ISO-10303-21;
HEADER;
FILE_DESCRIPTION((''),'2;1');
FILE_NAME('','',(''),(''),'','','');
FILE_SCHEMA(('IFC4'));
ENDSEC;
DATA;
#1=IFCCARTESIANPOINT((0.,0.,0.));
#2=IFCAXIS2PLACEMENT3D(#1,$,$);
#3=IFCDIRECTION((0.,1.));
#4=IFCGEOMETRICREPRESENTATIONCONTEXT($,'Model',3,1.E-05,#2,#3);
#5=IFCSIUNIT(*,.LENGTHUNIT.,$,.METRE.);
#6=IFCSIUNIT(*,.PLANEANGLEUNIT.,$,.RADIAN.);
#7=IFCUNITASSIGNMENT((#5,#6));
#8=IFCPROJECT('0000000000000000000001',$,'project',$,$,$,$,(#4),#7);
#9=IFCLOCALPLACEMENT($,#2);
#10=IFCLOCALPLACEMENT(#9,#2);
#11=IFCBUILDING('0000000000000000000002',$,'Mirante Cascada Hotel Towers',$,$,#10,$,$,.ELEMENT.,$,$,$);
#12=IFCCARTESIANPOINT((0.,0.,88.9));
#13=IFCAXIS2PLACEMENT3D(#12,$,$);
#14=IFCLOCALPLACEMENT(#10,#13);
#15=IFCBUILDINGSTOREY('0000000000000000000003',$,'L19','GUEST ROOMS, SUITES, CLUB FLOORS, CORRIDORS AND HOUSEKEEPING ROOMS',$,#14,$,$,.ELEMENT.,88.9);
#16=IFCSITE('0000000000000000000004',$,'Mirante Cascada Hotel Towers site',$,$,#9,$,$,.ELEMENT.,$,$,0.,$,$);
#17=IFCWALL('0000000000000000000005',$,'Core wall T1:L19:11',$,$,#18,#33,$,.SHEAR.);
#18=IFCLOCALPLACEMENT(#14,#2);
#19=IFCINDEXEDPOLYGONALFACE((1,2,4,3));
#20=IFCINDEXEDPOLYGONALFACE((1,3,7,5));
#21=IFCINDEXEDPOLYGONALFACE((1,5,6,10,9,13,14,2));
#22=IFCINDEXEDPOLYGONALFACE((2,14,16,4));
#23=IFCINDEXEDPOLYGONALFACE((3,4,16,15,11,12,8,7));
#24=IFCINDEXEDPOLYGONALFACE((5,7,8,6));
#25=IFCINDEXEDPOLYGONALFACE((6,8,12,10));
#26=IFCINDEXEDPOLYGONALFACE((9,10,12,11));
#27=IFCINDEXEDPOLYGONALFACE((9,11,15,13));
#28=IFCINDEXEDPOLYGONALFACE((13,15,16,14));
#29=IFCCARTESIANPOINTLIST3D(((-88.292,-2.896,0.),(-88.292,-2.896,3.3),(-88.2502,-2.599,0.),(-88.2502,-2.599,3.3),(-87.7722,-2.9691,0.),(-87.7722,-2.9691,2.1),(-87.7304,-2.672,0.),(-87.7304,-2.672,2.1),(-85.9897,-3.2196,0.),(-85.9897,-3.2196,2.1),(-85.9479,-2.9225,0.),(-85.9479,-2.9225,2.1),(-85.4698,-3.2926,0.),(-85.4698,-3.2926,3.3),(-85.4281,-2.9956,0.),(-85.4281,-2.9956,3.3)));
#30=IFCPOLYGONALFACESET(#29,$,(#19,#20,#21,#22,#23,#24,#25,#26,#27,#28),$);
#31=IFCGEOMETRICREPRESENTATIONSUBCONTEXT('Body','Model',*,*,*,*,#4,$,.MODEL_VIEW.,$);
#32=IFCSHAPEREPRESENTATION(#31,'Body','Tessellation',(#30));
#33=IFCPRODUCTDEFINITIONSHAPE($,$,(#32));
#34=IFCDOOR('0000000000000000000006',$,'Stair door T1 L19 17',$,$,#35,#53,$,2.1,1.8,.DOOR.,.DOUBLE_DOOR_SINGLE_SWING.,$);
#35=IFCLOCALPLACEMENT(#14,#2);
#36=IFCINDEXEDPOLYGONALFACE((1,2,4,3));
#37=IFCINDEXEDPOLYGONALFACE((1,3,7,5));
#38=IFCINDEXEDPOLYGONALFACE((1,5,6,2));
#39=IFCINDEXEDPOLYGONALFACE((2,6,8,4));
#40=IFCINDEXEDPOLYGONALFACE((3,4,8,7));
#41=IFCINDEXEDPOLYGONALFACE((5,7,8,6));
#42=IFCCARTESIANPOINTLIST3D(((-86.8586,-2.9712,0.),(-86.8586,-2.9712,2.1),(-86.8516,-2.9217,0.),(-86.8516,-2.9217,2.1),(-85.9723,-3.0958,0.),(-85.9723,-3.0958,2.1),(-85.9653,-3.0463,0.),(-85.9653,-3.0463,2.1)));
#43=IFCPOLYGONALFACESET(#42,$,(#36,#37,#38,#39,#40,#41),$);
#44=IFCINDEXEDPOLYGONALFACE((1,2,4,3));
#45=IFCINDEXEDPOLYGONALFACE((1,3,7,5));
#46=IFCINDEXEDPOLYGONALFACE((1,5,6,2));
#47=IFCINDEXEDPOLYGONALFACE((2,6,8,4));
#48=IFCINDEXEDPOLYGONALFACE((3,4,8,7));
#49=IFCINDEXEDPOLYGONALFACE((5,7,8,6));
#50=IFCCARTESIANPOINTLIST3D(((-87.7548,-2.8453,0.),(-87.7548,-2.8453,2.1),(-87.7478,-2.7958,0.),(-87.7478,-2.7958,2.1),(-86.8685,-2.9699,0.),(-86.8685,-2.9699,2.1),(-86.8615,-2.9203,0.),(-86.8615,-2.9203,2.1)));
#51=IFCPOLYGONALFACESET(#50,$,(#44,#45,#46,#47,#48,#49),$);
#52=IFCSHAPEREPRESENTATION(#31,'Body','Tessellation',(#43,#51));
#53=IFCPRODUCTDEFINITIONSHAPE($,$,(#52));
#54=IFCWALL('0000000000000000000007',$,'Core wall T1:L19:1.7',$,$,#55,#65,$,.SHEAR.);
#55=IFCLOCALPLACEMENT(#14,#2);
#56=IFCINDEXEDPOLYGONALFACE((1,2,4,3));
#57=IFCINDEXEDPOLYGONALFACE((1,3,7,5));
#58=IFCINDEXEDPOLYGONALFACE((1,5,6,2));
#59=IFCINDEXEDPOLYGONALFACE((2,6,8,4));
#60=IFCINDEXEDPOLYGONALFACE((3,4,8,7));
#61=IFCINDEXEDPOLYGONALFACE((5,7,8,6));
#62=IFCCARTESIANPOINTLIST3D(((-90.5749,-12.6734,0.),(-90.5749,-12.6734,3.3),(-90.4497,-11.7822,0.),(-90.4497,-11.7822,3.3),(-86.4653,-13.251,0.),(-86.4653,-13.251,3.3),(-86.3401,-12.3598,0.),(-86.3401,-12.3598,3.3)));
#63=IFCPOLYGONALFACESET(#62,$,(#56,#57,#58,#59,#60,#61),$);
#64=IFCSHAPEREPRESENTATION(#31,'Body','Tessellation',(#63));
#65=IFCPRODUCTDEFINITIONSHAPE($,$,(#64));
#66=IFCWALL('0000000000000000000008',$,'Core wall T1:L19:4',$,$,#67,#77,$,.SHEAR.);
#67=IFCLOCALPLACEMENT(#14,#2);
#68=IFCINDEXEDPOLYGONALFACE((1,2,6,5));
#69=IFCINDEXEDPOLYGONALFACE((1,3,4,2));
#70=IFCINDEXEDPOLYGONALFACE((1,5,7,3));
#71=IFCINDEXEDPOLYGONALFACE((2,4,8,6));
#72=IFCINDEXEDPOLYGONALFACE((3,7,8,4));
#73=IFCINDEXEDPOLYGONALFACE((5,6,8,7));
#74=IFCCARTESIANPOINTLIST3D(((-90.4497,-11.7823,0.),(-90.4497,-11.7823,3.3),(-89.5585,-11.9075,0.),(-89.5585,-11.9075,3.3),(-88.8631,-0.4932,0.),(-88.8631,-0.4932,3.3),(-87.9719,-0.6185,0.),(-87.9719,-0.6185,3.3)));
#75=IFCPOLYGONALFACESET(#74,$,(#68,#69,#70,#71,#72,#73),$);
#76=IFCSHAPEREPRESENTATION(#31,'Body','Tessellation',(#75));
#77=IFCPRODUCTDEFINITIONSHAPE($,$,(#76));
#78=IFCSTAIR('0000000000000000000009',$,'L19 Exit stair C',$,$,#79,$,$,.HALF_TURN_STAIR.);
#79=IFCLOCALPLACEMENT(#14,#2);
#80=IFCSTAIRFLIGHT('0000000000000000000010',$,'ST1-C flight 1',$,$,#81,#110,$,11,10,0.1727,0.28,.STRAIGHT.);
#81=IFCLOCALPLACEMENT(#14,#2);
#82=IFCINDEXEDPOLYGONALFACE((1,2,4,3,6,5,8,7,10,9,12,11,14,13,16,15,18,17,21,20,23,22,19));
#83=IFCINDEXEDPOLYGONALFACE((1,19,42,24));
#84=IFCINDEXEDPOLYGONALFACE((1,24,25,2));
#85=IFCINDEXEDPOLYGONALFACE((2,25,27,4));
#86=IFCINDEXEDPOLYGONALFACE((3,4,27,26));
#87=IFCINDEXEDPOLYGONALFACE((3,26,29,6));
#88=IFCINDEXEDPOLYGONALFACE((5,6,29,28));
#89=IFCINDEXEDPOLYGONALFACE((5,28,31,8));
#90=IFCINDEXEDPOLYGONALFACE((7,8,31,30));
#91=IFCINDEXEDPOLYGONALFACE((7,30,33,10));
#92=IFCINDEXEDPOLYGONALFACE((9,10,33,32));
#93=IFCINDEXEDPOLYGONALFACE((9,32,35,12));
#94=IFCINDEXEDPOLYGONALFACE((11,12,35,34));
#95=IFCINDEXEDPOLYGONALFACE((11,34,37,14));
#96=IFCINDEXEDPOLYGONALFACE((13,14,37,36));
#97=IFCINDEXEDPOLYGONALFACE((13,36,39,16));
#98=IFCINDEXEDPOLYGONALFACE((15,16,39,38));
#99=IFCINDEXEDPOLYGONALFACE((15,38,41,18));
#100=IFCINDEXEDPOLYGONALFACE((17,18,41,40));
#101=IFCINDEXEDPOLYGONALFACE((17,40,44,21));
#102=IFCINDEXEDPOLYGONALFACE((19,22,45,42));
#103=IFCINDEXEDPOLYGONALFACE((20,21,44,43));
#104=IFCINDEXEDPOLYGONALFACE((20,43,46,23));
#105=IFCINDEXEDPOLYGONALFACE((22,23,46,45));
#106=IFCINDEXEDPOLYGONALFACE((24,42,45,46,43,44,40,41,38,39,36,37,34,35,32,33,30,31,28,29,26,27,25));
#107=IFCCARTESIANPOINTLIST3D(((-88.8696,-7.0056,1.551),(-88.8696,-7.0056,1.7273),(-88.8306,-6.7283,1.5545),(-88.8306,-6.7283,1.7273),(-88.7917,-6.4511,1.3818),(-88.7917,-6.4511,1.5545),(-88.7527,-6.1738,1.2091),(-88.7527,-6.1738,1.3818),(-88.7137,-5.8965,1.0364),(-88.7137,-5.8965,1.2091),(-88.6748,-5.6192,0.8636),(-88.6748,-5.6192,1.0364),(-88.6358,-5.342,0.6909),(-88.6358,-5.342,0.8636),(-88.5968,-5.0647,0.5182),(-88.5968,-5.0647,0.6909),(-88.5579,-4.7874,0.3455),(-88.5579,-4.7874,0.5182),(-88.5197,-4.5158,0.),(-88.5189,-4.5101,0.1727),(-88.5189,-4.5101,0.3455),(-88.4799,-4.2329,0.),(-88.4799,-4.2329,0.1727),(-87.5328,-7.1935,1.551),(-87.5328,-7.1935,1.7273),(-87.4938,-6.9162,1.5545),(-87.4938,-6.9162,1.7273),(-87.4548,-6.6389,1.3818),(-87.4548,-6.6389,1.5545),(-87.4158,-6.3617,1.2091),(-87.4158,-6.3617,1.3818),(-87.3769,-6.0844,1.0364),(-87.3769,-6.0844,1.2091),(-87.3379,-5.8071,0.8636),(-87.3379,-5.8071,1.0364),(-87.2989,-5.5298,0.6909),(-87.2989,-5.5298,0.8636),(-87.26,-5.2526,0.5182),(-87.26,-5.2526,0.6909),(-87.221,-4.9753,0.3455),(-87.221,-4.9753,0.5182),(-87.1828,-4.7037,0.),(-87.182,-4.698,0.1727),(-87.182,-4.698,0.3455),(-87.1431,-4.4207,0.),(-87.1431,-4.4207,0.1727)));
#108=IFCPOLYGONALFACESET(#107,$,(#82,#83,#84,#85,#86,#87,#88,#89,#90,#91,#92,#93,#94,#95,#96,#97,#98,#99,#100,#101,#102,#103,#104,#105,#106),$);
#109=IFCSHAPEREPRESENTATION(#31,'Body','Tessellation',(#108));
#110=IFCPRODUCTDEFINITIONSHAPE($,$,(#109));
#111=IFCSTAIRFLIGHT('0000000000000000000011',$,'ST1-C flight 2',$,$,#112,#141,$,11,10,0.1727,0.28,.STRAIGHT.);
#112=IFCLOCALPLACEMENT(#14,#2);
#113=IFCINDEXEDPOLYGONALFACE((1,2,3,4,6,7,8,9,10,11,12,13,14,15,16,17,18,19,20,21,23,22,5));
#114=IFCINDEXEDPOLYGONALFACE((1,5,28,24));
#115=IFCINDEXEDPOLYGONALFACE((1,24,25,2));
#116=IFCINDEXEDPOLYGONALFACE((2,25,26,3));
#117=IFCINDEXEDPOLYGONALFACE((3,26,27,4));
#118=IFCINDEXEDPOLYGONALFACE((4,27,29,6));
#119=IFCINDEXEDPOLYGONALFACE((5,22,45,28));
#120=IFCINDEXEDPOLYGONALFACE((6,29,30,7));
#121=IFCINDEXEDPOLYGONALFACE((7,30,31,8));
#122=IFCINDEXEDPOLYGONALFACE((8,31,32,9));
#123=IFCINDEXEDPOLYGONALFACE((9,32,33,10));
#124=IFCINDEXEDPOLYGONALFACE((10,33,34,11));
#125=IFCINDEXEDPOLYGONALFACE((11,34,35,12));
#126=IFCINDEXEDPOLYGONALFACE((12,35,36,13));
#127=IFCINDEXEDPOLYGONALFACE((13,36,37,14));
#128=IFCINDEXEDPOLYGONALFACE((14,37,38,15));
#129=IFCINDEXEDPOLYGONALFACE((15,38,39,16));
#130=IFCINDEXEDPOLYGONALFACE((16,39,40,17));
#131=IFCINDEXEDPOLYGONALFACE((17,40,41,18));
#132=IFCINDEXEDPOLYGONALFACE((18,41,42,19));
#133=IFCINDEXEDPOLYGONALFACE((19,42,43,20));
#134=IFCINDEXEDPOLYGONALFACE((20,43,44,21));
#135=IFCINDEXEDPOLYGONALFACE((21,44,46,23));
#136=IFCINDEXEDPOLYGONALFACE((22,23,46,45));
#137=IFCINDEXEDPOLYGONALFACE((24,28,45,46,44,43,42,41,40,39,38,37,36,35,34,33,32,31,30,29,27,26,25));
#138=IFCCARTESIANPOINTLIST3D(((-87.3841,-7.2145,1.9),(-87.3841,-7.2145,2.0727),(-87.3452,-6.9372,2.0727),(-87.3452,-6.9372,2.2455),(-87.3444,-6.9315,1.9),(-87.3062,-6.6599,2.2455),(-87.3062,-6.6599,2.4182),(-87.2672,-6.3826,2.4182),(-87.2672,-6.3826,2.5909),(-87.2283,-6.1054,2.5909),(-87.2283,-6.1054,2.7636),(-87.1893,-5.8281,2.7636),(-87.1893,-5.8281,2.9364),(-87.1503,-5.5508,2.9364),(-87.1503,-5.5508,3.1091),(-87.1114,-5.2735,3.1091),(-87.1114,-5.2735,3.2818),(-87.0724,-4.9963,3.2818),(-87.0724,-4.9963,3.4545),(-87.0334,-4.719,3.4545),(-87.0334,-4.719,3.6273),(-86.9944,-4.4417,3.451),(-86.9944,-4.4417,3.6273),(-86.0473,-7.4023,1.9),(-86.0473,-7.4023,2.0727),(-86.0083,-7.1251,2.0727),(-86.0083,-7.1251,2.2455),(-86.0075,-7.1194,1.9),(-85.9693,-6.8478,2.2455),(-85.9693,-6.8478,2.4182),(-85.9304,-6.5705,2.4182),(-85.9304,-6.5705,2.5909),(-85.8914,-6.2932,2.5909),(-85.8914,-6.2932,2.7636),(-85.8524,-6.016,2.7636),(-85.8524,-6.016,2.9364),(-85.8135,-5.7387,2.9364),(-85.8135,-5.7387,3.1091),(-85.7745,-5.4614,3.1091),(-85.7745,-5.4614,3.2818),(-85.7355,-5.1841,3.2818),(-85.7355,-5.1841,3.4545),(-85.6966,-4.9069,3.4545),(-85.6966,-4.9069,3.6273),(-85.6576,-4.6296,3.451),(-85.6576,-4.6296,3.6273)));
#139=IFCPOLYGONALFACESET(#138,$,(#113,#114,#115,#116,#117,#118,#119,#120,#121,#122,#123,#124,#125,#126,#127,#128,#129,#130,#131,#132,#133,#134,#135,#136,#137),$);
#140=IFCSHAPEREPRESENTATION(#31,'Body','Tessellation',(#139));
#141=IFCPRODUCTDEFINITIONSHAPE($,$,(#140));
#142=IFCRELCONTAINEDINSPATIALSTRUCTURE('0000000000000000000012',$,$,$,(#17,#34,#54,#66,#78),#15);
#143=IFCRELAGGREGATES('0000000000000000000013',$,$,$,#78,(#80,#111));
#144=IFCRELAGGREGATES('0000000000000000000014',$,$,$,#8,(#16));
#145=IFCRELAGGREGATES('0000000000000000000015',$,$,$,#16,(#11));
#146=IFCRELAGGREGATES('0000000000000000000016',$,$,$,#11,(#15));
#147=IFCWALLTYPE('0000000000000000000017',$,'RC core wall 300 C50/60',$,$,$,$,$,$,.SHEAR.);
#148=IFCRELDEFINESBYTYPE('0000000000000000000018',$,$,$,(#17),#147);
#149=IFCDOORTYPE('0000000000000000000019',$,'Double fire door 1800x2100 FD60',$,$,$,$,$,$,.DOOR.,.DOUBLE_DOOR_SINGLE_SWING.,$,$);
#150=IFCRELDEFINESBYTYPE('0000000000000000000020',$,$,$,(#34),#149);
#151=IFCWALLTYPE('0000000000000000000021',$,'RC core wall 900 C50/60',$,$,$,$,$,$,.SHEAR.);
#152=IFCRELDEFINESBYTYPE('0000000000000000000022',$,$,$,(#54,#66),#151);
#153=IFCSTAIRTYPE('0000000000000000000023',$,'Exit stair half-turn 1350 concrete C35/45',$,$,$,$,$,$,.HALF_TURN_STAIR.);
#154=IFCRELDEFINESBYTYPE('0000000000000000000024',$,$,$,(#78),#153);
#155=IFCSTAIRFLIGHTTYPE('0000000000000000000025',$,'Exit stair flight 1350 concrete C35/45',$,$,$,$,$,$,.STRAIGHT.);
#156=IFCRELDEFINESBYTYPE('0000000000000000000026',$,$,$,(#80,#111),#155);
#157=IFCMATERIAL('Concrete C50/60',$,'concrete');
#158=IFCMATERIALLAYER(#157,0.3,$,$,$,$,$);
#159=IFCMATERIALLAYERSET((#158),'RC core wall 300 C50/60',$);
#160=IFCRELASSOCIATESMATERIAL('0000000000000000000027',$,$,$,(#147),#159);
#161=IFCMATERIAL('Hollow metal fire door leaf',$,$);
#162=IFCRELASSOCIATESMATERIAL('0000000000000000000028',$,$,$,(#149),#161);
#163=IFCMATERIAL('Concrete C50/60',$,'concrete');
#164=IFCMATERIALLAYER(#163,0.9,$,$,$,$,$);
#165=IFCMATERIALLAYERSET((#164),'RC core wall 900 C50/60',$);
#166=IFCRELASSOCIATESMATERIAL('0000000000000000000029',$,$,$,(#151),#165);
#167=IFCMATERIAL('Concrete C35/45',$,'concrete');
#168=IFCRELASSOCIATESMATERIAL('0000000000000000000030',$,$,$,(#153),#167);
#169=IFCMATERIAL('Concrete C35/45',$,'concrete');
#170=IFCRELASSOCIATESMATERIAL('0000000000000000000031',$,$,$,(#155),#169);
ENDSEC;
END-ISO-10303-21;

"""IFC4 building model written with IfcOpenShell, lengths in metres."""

from ifc_helpers import new_model, si_unit, direction, frame, frame_2d, origin, place, context, subcontext, project, spatial, polyline, rectangle, outline, extrude, material, layer, layer_set, type_object, element, fill, aggregate, save


model = new_model("IFC4")

# Units and contexts
model_context = context("Model", 3, precision=1e-05, world=origin(), true_north=direction((0.0, 1.0)))
body_context = subcontext(model_context, "Body", "Model", "MODEL_VIEW")
ifc_project = project(units=[si_unit("LENGTHUNIT", "METRE"), si_unit("PLANEANGLEUNIT", "RADIAN")], contexts=[model_context])

# Site, building, storey
site_placement = place(None, origin())
site = spatial("IfcSite", under=ifc_project, at=site_placement, Name="Mirante Cascada Hotel Towers site", CompositionType="ELEMENT", RefElevation=0.0)
building_placement = place(site_placement, origin())
building = spatial("IfcBuilding", under=site, at=building_placement, Name="Mirante Cascada Hotel Towers", CompositionType="ELEMENT")
storey_placement = place(building_placement, frame((0.0, 0.0, 88.9)))
storey = spatial("IfcBuildingStorey", under=building, at=storey_placement, Name="L19", Description="GUEST ROOMS, SUITES, CLUB FLOORS, CORRIDORS AND HOUSEKEEPING ROOMS", CompositionType="ELEMENT", Elevation=88.9)

# Shared definitions
ifc_material_1 = material(Name="Concrete C50/60", Category="concrete")
ifc_layer_1 = layer(ifc_material_1, 0.3)
ifc_layer_set_1 = layer_set([ifc_layer_1], Name="RC core wall 300 C50/60")
wall_type_1 = type_object("IfcWallType", Name="RC core wall 300 C50/60", PredefinedType="SHEAR", material=ifc_layer_set_1)

# Wall, opening, door
wall_1_placement = place(storey_placement, frame((-85.4489, -3.1441, 0.0), z_axis=(0.0, 0.0, 1.0), x_axis=(-0.99027, 0.139161, 0.0)))
wall_1 = element("IfcWall", 1, at=wall_1_placement, inside=storey, type_object=wall_type_1, Name="Core wall T1:L19:11", PredefinedType="SHEAR", context=body_context, shape_type="SweptSolid", body=[
    extrude(rectangle(XDim=2.8499, YDim=0.3, at=frame_2d((1.425, 0.0))), origin(), (0.0, 0.0, 1.0), 3.3),
])
opening_1_placement = place(wall_1_placement, frame((0.525, 0.0, 0.0)))
opening_1 = element("IfcOpeningElement", 2, at=opening_1_placement, cuts=wall_1, PredefinedType="OPENING", context=body_context, shape_type="SweptSolid", body=[
    extrude(rectangle(XDim=1.8, YDim=2.1, at=frame_2d((0.9, 1.05))), frame((0.0, 0.15, 0.0), z_axis=(0.0, -1.0, 0.0), x_axis=(1.0, 0.0, 0.0)), (0.0, 0.0, 1.0), 0.3),
])
ifc_material_2 = material(Name="Hollow metal fire door leaf")
door_type_1 = type_object("IfcDoorType", Name="Double fire door 1800x2100 FD60", OperationType="DOUBLE_DOOR_SINGLE_SWING", PredefinedType="DOOR", material=ifc_material_2)
door_1_placement = place(opening_1_placement, origin())
door_1 = element("IfcDoor", 3, at=door_1_placement, inside=storey, type_object=door_type_1, Name="Stair door T1 L19 17", OperationType="DOUBLE_DOOR_SINGLE_SWING", OverallHeight=2.1, OverallWidth=1.8, PredefinedType="DOOR", context=body_context, shape_type="SweptSolid", body=[
    extrude(rectangle(XDim=0.895, YDim=2.1, at=frame_2d((0.4475, 1.05))), frame((0.0, 0.025, 0.0), z_axis=(0.0, -1.0, 0.0), x_axis=(1.0, 0.0, 0.0)), (0.0, 0.0, 1.0), 0.05),
    extrude(rectangle(XDim=0.895, YDim=2.1, at=frame_2d((1.3525, 1.05))), frame((0.0, 0.025, 0.0), z_axis=(0.0, -1.0, 0.0), x_axis=(1.0, 0.0, 0.0)), (0.0, 0.0, 1.0), 0.05),
])
fill(opening_1, door_1)

# Walls
ifc_material_3 = material(Name="Concrete C50/60", Category="concrete")
ifc_layer_2 = layer(ifc_material_3, 0.9)
ifc_layer_set_2 = layer_set([ifc_layer_2], Name="RC core wall 900 C50/60")
wall_type_2 = type_object("IfcWallType", Name="RC core wall 900 C50/60", PredefinedType="SHEAR", material=ifc_layer_set_2)
wall_2_placement = place(storey_placement, frame((-86.4027, -12.8054, 0.0), z_axis=(0.0, 0.0, 1.0), x_axis=(-0.990267, 0.139181, 0.0)))
element("IfcWall", 4, at=wall_2_placement, inside=storey, type_object=wall_type_2, Name="Core wall T1:L19:1.7", PredefinedType="SHEAR", context=body_context, shape_type="SweptSolid", body=[
    extrude(rectangle(XDim=4.15, YDim=0.9, at=frame_2d((2.075, 0.0))), origin(), (0.0, 0.0, 1.0), 3.3),
])
wall_3_placement = place(storey_placement, frame((-90.0041, -11.8449, 0.0), z_axis=(0.0, 0.0, 1.0), x_axis=(0.139175, 0.990268, 0.0)))
element("IfcWall", 5, at=wall_3_placement, inside=storey, type_object=wall_type_2, Name="Core wall T1:L19:4", PredefinedType="SHEAR", context=body_context, shape_type="SweptSolid", body=[
    extrude(rectangle(XDim=11.4, YDim=0.9, at=frame_2d((5.7, 0.0))), origin(), (0.0, 0.0, 1.0), 3.3),
])

# Stair, stair flights
ifc_material_4 = material(Name="Concrete C35/45", Category="concrete")
stair_type = type_object("IfcStairType", Name="Exit stair half-turn 1350 concrete C35/45", PredefinedType="HALF_TURN_STAIR", material=ifc_material_4)
stair_placement = place(storey_placement, origin())
stair = element("IfcStair", 6, at=stair_placement, inside=storey, type_object=stair_type, Name="L19 Exit stair C", PredefinedType="HALF_TURN_STAIR")
ifc_material_5 = material(Name="Concrete C35/45", Category="concrete")
stair_flight_type = type_object("IfcStairFlightType", Name="Exit stair flight 1350 concrete C35/45", PredefinedType="STRAIGHT", material=ifc_material_5)
stair_flight_1_placement = place(storey_placement, frame((-87.8115, -4.3268, 0.0), z_axis=(0.0, 0.0, 1.0), x_axis=(-0.139173, -0.990268, 0.0)))
stair_flight_1 = element("IfcStairFlight", 7, at=stair_flight_1_placement, type_object=stair_flight_type, Name="ST1-C flight 1", NumberOfRisers=11, NumberOfTreads=10, PredefinedType="STRAIGHT", RiserHeight=0.1727, TreadLength=0.28, context=body_context, shape_type="SweptSolid", body=[
    extrude(outline(polyline([(0.0, 0.0), (0.0, 0.1727), (0.28, 0.1727), (0.28, 0.3455), (0.56, 0.3455), (0.56, 0.5182), (0.84, 0.5182), (0.84, 0.6909), (1.12, 0.6909), (1.12, 0.8636), (1.4, 0.8636), (1.4, 1.0364), (1.68, 1.0364), (1.68, 1.2091), (1.96, 1.2091), (1.96, 1.3818), (2.24, 1.3818), (2.24, 1.5545), (2.52, 1.5545), (2.52, 1.7273), (2.8, 1.7273), (2.8, 1.9), (2.8, 1.551), (0.2857, 0.0), (0.0, 0.0)])), frame((0.0, 0.675, 0.0), z_axis=(0.0, -1.0, 0.0), x_axis=(1.0, 0.0, 0.0)), (0.0, 0.0, 1.0), 1.35),
])
stair_flight_2_placement = place(storey_placement, frame((-86.7157, -7.3084, 1.9), z_axis=(0.0, 0.0, 1.0), x_axis=(0.139173, 0.990268, 0.0)))
stair_flight_2 = element("IfcStairFlight", 8, at=stair_flight_2_placement, type_object=stair_flight_type, Name="ST1-C flight 2", NumberOfRisers=11, NumberOfTreads=10, PredefinedType="STRAIGHT", RiserHeight=0.1727, TreadLength=0.28, context=body_context, shape_type="SweptSolid", body=[
    extrude(outline(polyline([(0.0, 0.0), (0.0, 0.1727), (0.28, 0.1727), (0.28, 0.3455), (0.56, 0.3455), (0.56, 0.5182), (0.84, 0.5182), (0.84, 0.6909), (1.12, 0.6909), (1.12, 0.8636), (1.4, 0.8636), (1.4, 1.0364), (1.68, 1.0364), (1.68, 1.2091), (1.96, 1.2091), (1.96, 1.3818), (2.24, 1.3818), (2.24, 1.5545), (2.52, 1.5545), (2.52, 1.7273), (2.8, 1.7273), (2.8, 1.9), (2.8, 1.551), (0.2857, 0.0), (0.0, 0.0)])), frame((0.0, 0.675, 0.0), z_axis=(0.0, -1.0, 0.0), x_axis=(1.0, 0.0, 0.0)), (0.0, 0.0, 1.0), 1.35),
])
aggregate(stair, [stair_flight_1, stair_flight_2])

save(model, "model.ifc")
